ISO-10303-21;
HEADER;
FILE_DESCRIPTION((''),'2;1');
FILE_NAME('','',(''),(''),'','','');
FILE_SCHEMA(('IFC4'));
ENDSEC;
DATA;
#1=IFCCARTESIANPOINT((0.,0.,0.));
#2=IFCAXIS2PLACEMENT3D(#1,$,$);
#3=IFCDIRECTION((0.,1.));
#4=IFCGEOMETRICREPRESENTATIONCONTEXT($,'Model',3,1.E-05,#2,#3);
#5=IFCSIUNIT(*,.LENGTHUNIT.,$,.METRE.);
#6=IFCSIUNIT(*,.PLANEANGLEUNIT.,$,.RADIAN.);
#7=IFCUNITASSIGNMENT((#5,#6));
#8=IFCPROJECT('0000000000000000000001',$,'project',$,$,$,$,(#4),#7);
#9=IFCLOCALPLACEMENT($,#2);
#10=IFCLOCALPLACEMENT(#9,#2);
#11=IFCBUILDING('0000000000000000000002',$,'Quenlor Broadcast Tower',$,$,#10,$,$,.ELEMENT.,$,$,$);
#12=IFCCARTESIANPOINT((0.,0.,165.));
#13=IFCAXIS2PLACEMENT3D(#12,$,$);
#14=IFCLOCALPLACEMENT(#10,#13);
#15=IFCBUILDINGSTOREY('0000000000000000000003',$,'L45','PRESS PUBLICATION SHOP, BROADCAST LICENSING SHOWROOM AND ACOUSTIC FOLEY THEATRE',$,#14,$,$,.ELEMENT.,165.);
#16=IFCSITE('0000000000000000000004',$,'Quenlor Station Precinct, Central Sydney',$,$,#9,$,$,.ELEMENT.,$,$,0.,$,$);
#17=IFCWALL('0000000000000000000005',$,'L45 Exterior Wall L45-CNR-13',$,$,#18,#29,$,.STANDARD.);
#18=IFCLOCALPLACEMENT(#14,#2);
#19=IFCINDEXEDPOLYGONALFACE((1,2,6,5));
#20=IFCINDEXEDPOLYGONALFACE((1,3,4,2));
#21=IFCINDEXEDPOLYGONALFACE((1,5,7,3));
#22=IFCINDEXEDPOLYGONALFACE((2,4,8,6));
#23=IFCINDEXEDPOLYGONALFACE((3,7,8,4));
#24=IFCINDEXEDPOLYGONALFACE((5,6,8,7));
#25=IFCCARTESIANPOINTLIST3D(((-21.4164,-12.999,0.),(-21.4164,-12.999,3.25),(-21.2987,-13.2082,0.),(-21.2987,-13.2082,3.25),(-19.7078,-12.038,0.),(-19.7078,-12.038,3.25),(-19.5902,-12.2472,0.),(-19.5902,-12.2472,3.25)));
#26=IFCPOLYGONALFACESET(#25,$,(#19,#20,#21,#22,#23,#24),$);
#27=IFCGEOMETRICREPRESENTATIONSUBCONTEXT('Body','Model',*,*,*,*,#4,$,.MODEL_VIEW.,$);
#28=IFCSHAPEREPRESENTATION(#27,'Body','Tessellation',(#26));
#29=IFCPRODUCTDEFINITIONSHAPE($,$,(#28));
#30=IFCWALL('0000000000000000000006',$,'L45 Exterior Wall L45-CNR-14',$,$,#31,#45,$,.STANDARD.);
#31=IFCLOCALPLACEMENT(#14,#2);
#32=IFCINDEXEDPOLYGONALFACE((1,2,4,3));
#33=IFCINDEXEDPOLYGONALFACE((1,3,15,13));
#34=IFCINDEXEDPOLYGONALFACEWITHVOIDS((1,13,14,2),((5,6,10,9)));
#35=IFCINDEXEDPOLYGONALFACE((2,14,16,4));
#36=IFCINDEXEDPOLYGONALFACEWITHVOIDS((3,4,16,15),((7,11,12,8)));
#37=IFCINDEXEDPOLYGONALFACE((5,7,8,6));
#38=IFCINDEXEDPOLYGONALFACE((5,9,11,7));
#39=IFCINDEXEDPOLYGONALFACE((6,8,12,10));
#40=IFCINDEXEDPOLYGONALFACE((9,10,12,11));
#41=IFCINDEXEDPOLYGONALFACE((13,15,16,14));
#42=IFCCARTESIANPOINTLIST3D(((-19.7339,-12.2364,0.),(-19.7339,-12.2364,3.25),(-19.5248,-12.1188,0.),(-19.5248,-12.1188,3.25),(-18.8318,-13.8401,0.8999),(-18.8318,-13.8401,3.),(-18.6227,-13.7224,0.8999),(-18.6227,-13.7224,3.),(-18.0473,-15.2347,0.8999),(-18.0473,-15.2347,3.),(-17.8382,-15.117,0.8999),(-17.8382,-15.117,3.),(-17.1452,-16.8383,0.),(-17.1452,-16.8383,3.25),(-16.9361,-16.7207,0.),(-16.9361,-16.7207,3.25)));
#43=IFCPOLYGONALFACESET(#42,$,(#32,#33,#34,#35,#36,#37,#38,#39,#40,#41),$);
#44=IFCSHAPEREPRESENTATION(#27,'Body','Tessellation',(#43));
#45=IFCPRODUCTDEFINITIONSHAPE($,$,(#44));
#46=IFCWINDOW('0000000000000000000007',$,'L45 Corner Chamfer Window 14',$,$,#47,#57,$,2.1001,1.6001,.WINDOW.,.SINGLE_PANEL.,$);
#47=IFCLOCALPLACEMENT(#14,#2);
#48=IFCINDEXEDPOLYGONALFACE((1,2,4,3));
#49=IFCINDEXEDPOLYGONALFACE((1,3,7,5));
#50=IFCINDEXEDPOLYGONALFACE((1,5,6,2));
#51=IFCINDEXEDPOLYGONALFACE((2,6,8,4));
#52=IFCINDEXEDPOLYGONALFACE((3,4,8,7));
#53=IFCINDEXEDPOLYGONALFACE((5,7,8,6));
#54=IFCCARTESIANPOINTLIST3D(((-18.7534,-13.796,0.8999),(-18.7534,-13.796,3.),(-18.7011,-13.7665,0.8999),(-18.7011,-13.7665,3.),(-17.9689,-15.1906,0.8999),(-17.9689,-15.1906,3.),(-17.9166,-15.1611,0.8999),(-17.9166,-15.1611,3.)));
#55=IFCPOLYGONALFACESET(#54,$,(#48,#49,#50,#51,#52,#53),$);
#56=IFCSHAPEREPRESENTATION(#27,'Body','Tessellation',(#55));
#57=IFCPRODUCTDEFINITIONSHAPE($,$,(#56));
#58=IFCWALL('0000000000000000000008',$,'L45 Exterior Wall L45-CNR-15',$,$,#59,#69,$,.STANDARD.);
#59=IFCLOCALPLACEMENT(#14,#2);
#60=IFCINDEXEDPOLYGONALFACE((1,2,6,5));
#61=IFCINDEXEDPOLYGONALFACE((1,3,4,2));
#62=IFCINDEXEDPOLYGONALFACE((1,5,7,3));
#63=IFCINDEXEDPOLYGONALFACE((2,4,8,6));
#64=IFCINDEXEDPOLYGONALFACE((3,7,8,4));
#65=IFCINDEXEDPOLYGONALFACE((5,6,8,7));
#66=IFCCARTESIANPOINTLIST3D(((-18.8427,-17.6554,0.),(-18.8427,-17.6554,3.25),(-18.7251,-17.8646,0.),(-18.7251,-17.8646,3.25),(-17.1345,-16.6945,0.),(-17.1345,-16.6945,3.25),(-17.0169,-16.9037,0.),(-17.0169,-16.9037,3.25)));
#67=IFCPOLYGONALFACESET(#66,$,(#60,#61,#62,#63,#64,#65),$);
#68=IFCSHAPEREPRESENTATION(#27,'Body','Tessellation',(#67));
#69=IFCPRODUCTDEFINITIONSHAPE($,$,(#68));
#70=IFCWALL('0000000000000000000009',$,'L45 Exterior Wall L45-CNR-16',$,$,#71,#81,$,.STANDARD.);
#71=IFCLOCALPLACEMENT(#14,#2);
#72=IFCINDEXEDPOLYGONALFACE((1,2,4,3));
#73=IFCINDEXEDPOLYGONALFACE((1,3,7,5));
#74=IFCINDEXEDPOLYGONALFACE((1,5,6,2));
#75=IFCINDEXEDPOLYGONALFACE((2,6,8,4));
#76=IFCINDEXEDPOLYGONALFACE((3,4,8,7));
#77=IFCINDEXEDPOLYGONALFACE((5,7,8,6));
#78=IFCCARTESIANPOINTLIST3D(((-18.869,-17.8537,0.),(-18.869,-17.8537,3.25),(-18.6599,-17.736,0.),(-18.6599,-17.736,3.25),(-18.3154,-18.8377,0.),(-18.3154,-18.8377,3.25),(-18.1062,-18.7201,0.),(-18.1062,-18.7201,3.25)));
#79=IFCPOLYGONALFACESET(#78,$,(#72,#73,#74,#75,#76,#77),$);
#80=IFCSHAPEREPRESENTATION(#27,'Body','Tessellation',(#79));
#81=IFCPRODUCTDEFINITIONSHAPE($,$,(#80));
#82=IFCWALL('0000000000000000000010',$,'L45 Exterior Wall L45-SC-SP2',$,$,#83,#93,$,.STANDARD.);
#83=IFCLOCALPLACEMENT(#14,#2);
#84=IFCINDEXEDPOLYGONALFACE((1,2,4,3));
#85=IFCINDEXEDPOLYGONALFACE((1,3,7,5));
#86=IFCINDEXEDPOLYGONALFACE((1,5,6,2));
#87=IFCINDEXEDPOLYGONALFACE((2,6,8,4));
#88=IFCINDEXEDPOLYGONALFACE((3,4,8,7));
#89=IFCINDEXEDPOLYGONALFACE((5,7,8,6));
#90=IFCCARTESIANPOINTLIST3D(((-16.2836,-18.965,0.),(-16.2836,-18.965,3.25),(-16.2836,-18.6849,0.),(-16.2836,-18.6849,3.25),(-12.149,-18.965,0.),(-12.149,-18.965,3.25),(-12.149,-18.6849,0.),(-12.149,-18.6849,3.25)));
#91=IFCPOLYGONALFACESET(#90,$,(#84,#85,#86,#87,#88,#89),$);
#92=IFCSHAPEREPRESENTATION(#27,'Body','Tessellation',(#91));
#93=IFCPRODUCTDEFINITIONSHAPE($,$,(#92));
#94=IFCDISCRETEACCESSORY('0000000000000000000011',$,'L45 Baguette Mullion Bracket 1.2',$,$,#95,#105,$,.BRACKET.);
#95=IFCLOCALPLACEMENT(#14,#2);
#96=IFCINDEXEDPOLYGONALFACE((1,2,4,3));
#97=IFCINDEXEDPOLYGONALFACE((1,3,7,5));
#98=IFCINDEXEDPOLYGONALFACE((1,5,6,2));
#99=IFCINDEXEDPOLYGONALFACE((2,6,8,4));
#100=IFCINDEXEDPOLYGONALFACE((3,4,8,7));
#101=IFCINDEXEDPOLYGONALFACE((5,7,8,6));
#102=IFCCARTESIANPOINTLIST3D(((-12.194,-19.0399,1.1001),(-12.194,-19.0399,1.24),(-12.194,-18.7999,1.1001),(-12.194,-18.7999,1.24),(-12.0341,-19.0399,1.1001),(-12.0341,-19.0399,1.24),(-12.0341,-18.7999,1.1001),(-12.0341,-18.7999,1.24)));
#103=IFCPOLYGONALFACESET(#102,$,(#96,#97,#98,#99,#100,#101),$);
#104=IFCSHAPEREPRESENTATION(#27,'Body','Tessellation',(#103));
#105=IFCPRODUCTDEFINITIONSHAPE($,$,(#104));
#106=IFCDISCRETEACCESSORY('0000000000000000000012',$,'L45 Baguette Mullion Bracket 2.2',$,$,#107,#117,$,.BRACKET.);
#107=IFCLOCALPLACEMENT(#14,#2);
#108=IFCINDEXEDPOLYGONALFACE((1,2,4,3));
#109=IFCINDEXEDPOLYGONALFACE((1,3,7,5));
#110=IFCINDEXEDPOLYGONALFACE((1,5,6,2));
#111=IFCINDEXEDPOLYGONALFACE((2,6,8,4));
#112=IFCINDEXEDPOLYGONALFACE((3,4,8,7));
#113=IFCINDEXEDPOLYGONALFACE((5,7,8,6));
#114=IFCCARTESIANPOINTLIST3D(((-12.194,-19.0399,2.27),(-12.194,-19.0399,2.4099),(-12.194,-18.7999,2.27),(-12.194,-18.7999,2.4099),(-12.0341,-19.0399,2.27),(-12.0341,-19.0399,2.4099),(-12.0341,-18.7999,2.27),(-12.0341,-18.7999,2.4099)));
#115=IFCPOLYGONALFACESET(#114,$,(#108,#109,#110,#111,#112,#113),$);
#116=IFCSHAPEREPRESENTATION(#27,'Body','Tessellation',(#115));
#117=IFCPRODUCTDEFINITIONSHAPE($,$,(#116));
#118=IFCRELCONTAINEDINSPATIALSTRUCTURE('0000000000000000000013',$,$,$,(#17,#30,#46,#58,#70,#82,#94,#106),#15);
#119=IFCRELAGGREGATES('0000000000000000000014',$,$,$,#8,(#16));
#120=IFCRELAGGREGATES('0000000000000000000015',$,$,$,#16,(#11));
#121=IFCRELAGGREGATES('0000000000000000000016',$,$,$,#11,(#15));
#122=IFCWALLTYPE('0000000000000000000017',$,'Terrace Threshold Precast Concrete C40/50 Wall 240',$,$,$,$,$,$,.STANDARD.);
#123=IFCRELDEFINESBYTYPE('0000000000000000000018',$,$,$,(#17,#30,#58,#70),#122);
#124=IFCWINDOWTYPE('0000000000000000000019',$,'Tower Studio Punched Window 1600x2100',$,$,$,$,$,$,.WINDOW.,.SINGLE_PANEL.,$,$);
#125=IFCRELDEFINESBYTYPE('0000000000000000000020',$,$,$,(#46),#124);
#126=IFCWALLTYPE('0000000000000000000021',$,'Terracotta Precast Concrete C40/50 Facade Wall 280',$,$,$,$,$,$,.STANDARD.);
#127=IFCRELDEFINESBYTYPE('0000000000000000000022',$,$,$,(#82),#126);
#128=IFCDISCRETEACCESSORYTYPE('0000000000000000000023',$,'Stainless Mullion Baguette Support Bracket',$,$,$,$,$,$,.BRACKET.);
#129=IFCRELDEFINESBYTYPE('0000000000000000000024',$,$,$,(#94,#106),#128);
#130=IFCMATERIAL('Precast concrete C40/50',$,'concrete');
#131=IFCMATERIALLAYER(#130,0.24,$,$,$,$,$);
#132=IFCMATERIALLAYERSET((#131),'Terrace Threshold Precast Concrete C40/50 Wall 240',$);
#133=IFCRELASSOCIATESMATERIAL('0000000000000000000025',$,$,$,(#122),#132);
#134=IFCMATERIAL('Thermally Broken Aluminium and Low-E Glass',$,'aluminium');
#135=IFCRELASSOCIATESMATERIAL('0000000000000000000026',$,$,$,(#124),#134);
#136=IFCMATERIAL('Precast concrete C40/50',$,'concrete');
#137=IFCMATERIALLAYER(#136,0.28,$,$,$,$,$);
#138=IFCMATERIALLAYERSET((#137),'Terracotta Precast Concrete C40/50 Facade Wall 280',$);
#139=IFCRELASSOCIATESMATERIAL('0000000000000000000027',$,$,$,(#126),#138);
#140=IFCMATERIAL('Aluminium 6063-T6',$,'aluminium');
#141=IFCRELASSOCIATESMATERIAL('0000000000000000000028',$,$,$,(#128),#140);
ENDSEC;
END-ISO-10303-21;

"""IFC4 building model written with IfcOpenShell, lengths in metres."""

from ifc_helpers import new_model, si_unit, direction, frame, frame_2d, origin, origin_2d, place, context, subcontext, project, spatial, rectangle, extrude, material, layer, layer_set, type_object, element, fill, save


model = new_model("IFC4")

# Units and contexts
model_context = context("Model", 3, precision=1e-05, world=origin(), true_north=direction((0.0, 1.0)))
body_context = subcontext(model_context, "Body", "Model", "MODEL_VIEW")
ifc_project = project(units=[si_unit("LENGTHUNIT", "METRE"), si_unit("PLANEANGLEUNIT", "RADIAN")], contexts=[model_context])

# Site, building, storey
site_placement = place(None, origin())
site = spatial("IfcSite", under=ifc_project, at=site_placement, Name="Quenlor Station Precinct, Central Sydney", CompositionType="ELEMENT", RefElevation=0.0)
building_placement = place(site_placement, origin())
building = spatial("IfcBuilding", under=site, at=building_placement, Name="Quenlor Broadcast Tower", CompositionType="ELEMENT")
storey_placement = place(building_placement, frame((0.0, 0.0, 165.0)))
storey = spatial("IfcBuildingStorey", under=building, at=storey_placement, Name="L45", Description="PRESS PUBLICATION SHOP, BROADCAST LICENSING SHOWROOM AND ACOUSTIC FOLEY THEATRE", CompositionType="ELEMENT", Elevation=165.0)

# Wall
ifc_material_1 = material(Name="Precast concrete C40/50", Category="concrete")
ifc_layer_1 = layer(ifc_material_1, 0.24)
ifc_layer_set_1 = layer_set([ifc_layer_1], Name="Terrace Threshold Precast Concrete C40/50 Wall 240")
wall_type_1 = type_object("IfcWallType", Name="Terrace Threshold Precast Concrete C40/50 Wall 240", PredefinedType="STANDARD", material=ifc_layer_set_1)
wall_1_placement = place(storey_placement, frame((-21.3574, -13.1035, 0.0), z_axis=(0.0, 0.0, 1.0), x_axis=(0.871595, 0.490226, 0.0)))
element("IfcWall", 1, at=wall_1_placement, inside=storey, type_object=wall_type_1, Name="L45 Exterior Wall L45-CNR-13", PredefinedType="STANDARD", context=body_context, shape_type="SweptSolid", body=[
    extrude(rectangle(XDim=1.9602, YDim=0.24, at=frame_2d((0.98, 0.0))), origin(), (0.0, 0.0, 1.0), 3.25),
])

# Wall, opening, window
wall_2_placement = place(storey_placement, frame((-19.6294, -12.1775, 0.0), z_axis=(0.0, 0.0, 1.0), x_axis=(0.490277, -0.871567, 0.0)))
wall_2 = element("IfcWall", 2, at=wall_2_placement, inside=storey, type_object=wall_type_1, Name="L45 Exterior Wall L45-CNR-14", PredefinedType="STANDARD", context=body_context, shape_type="SweptSolid", body=[
    extrude(rectangle(XDim=5.28, YDim=0.24, at=frame_2d((2.6401, 0.0))), origin(), (0.0, 0.0, 1.0), 3.25),
])
opening_placement = place(wall_2_placement, frame((1.8401, 0.0, 0.8999)))
opening = element("IfcOpeningElement", 3, at=opening_placement, cuts=wall_2, PredefinedType="OPENING", context=body_context, shape_type="SweptSolid", body=[
    extrude(rectangle(XDim=1.6001, YDim=2.1001, at=frame_2d((0.8, 1.05))), frame((0.0, 0.1299, 0.0), z_axis=(0.0, -1.0, 0.0), x_axis=(1.0, 0.0, 0.0)), (0.0, 0.0, 1.0), 0.26),
])
ifc_material_2 = material(Name="Thermally Broken Aluminium and Low-E Glass", Category="aluminium")
window_type = type_object("IfcWindowType", Name="Tower Studio Punched Window 1600x2100", PartitioningType="SINGLE_PANEL", PredefinedType="WINDOW", material=ifc_material_2)
window_placement = place(opening_placement, origin())
window = element("IfcWindow", 4, at=window_placement, inside=storey, type_object=window_type, Name="L45 Corner Chamfer Window 14", OverallHeight=2.1001, OverallWidth=1.6001, PartitioningType="SINGLE_PANEL", PredefinedType="WINDOW", context=body_context, shape_type="SweptSolid", body=[
    extrude(rectangle(XDim=1.6001, YDim=2.1001, at=frame_2d((0.8, 1.05))), frame((0.0, 0.03, 0.0), z_axis=(0.0, -1.0, 0.0), x_axis=(1.0, 0.0, 0.0)), (0.0, 0.0, 1.0), 0.0601),
])
fill(opening, window)

# Walls
wall_3_placement = place(storey_placement, frame((-17.0757, -16.7991, 0.0), z_axis=(0.0, 0.0, 1.0), x_axis=(-0.871566, -0.490279, 0.0)))
element("IfcWall", 5, at=wall_3_placement, inside=storey, type_object=wall_type_1, Name="L45 Exterior Wall L45-CNR-15", PredefinedType="STANDARD", context=body_context, shape_type="SweptSolid", body=[
    extrude(rectangle(XDim=1.96, YDim=0.24, at=frame_2d((0.98, 0.0))), origin(), (0.0, 0.0, 1.0), 3.25),
])
wall_4_placement = place(storey_placement, frame((-18.7644, -17.7949, 0.0), z_axis=(0.0, 0.0, 1.0), x_axis=(0.490354, -0.871524, 0.0)))
element("IfcWall", 6, at=wall_4_placement, inside=storey, type_object=wall_type_1, Name="L45 Exterior Wall L45-CNR-16", PredefinedType="STANDARD", context=body_context, shape_type="SweptSolid", body=[
    extrude(rectangle(XDim=1.1292, YDim=0.24, at=frame_2d((0.5645, 0.0))), origin(), (0.0, 0.0, 1.0), 3.25),
])
ifc_material_3 = material(Name="Precast concrete C40/50", Category="concrete")
ifc_layer_2 = layer(ifc_material_3, 0.28)
ifc_layer_set_2 = layer_set([ifc_layer_2], Name="Terracotta Precast Concrete C40/50 Facade Wall 280")
wall_type_2 = type_object("IfcWallType", Name="Terracotta Precast Concrete C40/50 Facade Wall 280", PredefinedType="STANDARD", material=ifc_layer_set_2)
wall_5_placement = place(storey_placement, frame((-12.1489, -18.825, 0.0), z_axis=(0.0, 0.0, 1.0), x_axis=(-1.0, 0.0, 0.0)))
element("IfcWall", 7, at=wall_5_placement, inside=storey, type_object=wall_type_2, Name="L45 Exterior Wall L45-SC-SP2", PredefinedType="STANDARD", context=body_context, shape_type="SweptSolid", body=[
    extrude(rectangle(XDim=4.1345, YDim=0.28, at=frame_2d((2.0674, 0.0))), origin(), (0.0, 0.0, 1.0), 3.25),
])

# Discrete accessories
ifc_material_4 = material(Name="Aluminium 6063-T6", Category="aluminium")
discrete_accessory_type = type_object("IfcDiscreteAccessoryType", Name="Stainless Mullion Baguette Support Bracket", PredefinedType="BRACKET", material=ifc_material_4)
for number, where, z_axis, x_axis, name in (
    (8, (-12.114, -18.9199, 1.1001), (0.0, 0.0, 1.0), (-1.0, 0.0, 0.0), "L45 Baguette Mullion Bracket 1.2"),
    (9, (-12.114, -18.9199, 2.27), (0.0, 0.0, 1.0), (-1.0, 0.0, 0.0), "L45 Baguette Mullion Bracket 2.2"),
):
    element("IfcDiscreteAccessory", number, at=place(storey_placement, frame(where, z_axis=z_axis, x_axis=x_axis)), inside=storey, type_object=discrete_accessory_type, Name=name, PredefinedType="BRACKET", context=body_context, shape_type="SweptSolid", body=[
        extrude(rectangle(XDim=0.1599, YDim=0.24, at=origin_2d()), origin(), (0.0, 0.0, 1.0), 0.1399),
    ])

save(model, "model.ifc")
